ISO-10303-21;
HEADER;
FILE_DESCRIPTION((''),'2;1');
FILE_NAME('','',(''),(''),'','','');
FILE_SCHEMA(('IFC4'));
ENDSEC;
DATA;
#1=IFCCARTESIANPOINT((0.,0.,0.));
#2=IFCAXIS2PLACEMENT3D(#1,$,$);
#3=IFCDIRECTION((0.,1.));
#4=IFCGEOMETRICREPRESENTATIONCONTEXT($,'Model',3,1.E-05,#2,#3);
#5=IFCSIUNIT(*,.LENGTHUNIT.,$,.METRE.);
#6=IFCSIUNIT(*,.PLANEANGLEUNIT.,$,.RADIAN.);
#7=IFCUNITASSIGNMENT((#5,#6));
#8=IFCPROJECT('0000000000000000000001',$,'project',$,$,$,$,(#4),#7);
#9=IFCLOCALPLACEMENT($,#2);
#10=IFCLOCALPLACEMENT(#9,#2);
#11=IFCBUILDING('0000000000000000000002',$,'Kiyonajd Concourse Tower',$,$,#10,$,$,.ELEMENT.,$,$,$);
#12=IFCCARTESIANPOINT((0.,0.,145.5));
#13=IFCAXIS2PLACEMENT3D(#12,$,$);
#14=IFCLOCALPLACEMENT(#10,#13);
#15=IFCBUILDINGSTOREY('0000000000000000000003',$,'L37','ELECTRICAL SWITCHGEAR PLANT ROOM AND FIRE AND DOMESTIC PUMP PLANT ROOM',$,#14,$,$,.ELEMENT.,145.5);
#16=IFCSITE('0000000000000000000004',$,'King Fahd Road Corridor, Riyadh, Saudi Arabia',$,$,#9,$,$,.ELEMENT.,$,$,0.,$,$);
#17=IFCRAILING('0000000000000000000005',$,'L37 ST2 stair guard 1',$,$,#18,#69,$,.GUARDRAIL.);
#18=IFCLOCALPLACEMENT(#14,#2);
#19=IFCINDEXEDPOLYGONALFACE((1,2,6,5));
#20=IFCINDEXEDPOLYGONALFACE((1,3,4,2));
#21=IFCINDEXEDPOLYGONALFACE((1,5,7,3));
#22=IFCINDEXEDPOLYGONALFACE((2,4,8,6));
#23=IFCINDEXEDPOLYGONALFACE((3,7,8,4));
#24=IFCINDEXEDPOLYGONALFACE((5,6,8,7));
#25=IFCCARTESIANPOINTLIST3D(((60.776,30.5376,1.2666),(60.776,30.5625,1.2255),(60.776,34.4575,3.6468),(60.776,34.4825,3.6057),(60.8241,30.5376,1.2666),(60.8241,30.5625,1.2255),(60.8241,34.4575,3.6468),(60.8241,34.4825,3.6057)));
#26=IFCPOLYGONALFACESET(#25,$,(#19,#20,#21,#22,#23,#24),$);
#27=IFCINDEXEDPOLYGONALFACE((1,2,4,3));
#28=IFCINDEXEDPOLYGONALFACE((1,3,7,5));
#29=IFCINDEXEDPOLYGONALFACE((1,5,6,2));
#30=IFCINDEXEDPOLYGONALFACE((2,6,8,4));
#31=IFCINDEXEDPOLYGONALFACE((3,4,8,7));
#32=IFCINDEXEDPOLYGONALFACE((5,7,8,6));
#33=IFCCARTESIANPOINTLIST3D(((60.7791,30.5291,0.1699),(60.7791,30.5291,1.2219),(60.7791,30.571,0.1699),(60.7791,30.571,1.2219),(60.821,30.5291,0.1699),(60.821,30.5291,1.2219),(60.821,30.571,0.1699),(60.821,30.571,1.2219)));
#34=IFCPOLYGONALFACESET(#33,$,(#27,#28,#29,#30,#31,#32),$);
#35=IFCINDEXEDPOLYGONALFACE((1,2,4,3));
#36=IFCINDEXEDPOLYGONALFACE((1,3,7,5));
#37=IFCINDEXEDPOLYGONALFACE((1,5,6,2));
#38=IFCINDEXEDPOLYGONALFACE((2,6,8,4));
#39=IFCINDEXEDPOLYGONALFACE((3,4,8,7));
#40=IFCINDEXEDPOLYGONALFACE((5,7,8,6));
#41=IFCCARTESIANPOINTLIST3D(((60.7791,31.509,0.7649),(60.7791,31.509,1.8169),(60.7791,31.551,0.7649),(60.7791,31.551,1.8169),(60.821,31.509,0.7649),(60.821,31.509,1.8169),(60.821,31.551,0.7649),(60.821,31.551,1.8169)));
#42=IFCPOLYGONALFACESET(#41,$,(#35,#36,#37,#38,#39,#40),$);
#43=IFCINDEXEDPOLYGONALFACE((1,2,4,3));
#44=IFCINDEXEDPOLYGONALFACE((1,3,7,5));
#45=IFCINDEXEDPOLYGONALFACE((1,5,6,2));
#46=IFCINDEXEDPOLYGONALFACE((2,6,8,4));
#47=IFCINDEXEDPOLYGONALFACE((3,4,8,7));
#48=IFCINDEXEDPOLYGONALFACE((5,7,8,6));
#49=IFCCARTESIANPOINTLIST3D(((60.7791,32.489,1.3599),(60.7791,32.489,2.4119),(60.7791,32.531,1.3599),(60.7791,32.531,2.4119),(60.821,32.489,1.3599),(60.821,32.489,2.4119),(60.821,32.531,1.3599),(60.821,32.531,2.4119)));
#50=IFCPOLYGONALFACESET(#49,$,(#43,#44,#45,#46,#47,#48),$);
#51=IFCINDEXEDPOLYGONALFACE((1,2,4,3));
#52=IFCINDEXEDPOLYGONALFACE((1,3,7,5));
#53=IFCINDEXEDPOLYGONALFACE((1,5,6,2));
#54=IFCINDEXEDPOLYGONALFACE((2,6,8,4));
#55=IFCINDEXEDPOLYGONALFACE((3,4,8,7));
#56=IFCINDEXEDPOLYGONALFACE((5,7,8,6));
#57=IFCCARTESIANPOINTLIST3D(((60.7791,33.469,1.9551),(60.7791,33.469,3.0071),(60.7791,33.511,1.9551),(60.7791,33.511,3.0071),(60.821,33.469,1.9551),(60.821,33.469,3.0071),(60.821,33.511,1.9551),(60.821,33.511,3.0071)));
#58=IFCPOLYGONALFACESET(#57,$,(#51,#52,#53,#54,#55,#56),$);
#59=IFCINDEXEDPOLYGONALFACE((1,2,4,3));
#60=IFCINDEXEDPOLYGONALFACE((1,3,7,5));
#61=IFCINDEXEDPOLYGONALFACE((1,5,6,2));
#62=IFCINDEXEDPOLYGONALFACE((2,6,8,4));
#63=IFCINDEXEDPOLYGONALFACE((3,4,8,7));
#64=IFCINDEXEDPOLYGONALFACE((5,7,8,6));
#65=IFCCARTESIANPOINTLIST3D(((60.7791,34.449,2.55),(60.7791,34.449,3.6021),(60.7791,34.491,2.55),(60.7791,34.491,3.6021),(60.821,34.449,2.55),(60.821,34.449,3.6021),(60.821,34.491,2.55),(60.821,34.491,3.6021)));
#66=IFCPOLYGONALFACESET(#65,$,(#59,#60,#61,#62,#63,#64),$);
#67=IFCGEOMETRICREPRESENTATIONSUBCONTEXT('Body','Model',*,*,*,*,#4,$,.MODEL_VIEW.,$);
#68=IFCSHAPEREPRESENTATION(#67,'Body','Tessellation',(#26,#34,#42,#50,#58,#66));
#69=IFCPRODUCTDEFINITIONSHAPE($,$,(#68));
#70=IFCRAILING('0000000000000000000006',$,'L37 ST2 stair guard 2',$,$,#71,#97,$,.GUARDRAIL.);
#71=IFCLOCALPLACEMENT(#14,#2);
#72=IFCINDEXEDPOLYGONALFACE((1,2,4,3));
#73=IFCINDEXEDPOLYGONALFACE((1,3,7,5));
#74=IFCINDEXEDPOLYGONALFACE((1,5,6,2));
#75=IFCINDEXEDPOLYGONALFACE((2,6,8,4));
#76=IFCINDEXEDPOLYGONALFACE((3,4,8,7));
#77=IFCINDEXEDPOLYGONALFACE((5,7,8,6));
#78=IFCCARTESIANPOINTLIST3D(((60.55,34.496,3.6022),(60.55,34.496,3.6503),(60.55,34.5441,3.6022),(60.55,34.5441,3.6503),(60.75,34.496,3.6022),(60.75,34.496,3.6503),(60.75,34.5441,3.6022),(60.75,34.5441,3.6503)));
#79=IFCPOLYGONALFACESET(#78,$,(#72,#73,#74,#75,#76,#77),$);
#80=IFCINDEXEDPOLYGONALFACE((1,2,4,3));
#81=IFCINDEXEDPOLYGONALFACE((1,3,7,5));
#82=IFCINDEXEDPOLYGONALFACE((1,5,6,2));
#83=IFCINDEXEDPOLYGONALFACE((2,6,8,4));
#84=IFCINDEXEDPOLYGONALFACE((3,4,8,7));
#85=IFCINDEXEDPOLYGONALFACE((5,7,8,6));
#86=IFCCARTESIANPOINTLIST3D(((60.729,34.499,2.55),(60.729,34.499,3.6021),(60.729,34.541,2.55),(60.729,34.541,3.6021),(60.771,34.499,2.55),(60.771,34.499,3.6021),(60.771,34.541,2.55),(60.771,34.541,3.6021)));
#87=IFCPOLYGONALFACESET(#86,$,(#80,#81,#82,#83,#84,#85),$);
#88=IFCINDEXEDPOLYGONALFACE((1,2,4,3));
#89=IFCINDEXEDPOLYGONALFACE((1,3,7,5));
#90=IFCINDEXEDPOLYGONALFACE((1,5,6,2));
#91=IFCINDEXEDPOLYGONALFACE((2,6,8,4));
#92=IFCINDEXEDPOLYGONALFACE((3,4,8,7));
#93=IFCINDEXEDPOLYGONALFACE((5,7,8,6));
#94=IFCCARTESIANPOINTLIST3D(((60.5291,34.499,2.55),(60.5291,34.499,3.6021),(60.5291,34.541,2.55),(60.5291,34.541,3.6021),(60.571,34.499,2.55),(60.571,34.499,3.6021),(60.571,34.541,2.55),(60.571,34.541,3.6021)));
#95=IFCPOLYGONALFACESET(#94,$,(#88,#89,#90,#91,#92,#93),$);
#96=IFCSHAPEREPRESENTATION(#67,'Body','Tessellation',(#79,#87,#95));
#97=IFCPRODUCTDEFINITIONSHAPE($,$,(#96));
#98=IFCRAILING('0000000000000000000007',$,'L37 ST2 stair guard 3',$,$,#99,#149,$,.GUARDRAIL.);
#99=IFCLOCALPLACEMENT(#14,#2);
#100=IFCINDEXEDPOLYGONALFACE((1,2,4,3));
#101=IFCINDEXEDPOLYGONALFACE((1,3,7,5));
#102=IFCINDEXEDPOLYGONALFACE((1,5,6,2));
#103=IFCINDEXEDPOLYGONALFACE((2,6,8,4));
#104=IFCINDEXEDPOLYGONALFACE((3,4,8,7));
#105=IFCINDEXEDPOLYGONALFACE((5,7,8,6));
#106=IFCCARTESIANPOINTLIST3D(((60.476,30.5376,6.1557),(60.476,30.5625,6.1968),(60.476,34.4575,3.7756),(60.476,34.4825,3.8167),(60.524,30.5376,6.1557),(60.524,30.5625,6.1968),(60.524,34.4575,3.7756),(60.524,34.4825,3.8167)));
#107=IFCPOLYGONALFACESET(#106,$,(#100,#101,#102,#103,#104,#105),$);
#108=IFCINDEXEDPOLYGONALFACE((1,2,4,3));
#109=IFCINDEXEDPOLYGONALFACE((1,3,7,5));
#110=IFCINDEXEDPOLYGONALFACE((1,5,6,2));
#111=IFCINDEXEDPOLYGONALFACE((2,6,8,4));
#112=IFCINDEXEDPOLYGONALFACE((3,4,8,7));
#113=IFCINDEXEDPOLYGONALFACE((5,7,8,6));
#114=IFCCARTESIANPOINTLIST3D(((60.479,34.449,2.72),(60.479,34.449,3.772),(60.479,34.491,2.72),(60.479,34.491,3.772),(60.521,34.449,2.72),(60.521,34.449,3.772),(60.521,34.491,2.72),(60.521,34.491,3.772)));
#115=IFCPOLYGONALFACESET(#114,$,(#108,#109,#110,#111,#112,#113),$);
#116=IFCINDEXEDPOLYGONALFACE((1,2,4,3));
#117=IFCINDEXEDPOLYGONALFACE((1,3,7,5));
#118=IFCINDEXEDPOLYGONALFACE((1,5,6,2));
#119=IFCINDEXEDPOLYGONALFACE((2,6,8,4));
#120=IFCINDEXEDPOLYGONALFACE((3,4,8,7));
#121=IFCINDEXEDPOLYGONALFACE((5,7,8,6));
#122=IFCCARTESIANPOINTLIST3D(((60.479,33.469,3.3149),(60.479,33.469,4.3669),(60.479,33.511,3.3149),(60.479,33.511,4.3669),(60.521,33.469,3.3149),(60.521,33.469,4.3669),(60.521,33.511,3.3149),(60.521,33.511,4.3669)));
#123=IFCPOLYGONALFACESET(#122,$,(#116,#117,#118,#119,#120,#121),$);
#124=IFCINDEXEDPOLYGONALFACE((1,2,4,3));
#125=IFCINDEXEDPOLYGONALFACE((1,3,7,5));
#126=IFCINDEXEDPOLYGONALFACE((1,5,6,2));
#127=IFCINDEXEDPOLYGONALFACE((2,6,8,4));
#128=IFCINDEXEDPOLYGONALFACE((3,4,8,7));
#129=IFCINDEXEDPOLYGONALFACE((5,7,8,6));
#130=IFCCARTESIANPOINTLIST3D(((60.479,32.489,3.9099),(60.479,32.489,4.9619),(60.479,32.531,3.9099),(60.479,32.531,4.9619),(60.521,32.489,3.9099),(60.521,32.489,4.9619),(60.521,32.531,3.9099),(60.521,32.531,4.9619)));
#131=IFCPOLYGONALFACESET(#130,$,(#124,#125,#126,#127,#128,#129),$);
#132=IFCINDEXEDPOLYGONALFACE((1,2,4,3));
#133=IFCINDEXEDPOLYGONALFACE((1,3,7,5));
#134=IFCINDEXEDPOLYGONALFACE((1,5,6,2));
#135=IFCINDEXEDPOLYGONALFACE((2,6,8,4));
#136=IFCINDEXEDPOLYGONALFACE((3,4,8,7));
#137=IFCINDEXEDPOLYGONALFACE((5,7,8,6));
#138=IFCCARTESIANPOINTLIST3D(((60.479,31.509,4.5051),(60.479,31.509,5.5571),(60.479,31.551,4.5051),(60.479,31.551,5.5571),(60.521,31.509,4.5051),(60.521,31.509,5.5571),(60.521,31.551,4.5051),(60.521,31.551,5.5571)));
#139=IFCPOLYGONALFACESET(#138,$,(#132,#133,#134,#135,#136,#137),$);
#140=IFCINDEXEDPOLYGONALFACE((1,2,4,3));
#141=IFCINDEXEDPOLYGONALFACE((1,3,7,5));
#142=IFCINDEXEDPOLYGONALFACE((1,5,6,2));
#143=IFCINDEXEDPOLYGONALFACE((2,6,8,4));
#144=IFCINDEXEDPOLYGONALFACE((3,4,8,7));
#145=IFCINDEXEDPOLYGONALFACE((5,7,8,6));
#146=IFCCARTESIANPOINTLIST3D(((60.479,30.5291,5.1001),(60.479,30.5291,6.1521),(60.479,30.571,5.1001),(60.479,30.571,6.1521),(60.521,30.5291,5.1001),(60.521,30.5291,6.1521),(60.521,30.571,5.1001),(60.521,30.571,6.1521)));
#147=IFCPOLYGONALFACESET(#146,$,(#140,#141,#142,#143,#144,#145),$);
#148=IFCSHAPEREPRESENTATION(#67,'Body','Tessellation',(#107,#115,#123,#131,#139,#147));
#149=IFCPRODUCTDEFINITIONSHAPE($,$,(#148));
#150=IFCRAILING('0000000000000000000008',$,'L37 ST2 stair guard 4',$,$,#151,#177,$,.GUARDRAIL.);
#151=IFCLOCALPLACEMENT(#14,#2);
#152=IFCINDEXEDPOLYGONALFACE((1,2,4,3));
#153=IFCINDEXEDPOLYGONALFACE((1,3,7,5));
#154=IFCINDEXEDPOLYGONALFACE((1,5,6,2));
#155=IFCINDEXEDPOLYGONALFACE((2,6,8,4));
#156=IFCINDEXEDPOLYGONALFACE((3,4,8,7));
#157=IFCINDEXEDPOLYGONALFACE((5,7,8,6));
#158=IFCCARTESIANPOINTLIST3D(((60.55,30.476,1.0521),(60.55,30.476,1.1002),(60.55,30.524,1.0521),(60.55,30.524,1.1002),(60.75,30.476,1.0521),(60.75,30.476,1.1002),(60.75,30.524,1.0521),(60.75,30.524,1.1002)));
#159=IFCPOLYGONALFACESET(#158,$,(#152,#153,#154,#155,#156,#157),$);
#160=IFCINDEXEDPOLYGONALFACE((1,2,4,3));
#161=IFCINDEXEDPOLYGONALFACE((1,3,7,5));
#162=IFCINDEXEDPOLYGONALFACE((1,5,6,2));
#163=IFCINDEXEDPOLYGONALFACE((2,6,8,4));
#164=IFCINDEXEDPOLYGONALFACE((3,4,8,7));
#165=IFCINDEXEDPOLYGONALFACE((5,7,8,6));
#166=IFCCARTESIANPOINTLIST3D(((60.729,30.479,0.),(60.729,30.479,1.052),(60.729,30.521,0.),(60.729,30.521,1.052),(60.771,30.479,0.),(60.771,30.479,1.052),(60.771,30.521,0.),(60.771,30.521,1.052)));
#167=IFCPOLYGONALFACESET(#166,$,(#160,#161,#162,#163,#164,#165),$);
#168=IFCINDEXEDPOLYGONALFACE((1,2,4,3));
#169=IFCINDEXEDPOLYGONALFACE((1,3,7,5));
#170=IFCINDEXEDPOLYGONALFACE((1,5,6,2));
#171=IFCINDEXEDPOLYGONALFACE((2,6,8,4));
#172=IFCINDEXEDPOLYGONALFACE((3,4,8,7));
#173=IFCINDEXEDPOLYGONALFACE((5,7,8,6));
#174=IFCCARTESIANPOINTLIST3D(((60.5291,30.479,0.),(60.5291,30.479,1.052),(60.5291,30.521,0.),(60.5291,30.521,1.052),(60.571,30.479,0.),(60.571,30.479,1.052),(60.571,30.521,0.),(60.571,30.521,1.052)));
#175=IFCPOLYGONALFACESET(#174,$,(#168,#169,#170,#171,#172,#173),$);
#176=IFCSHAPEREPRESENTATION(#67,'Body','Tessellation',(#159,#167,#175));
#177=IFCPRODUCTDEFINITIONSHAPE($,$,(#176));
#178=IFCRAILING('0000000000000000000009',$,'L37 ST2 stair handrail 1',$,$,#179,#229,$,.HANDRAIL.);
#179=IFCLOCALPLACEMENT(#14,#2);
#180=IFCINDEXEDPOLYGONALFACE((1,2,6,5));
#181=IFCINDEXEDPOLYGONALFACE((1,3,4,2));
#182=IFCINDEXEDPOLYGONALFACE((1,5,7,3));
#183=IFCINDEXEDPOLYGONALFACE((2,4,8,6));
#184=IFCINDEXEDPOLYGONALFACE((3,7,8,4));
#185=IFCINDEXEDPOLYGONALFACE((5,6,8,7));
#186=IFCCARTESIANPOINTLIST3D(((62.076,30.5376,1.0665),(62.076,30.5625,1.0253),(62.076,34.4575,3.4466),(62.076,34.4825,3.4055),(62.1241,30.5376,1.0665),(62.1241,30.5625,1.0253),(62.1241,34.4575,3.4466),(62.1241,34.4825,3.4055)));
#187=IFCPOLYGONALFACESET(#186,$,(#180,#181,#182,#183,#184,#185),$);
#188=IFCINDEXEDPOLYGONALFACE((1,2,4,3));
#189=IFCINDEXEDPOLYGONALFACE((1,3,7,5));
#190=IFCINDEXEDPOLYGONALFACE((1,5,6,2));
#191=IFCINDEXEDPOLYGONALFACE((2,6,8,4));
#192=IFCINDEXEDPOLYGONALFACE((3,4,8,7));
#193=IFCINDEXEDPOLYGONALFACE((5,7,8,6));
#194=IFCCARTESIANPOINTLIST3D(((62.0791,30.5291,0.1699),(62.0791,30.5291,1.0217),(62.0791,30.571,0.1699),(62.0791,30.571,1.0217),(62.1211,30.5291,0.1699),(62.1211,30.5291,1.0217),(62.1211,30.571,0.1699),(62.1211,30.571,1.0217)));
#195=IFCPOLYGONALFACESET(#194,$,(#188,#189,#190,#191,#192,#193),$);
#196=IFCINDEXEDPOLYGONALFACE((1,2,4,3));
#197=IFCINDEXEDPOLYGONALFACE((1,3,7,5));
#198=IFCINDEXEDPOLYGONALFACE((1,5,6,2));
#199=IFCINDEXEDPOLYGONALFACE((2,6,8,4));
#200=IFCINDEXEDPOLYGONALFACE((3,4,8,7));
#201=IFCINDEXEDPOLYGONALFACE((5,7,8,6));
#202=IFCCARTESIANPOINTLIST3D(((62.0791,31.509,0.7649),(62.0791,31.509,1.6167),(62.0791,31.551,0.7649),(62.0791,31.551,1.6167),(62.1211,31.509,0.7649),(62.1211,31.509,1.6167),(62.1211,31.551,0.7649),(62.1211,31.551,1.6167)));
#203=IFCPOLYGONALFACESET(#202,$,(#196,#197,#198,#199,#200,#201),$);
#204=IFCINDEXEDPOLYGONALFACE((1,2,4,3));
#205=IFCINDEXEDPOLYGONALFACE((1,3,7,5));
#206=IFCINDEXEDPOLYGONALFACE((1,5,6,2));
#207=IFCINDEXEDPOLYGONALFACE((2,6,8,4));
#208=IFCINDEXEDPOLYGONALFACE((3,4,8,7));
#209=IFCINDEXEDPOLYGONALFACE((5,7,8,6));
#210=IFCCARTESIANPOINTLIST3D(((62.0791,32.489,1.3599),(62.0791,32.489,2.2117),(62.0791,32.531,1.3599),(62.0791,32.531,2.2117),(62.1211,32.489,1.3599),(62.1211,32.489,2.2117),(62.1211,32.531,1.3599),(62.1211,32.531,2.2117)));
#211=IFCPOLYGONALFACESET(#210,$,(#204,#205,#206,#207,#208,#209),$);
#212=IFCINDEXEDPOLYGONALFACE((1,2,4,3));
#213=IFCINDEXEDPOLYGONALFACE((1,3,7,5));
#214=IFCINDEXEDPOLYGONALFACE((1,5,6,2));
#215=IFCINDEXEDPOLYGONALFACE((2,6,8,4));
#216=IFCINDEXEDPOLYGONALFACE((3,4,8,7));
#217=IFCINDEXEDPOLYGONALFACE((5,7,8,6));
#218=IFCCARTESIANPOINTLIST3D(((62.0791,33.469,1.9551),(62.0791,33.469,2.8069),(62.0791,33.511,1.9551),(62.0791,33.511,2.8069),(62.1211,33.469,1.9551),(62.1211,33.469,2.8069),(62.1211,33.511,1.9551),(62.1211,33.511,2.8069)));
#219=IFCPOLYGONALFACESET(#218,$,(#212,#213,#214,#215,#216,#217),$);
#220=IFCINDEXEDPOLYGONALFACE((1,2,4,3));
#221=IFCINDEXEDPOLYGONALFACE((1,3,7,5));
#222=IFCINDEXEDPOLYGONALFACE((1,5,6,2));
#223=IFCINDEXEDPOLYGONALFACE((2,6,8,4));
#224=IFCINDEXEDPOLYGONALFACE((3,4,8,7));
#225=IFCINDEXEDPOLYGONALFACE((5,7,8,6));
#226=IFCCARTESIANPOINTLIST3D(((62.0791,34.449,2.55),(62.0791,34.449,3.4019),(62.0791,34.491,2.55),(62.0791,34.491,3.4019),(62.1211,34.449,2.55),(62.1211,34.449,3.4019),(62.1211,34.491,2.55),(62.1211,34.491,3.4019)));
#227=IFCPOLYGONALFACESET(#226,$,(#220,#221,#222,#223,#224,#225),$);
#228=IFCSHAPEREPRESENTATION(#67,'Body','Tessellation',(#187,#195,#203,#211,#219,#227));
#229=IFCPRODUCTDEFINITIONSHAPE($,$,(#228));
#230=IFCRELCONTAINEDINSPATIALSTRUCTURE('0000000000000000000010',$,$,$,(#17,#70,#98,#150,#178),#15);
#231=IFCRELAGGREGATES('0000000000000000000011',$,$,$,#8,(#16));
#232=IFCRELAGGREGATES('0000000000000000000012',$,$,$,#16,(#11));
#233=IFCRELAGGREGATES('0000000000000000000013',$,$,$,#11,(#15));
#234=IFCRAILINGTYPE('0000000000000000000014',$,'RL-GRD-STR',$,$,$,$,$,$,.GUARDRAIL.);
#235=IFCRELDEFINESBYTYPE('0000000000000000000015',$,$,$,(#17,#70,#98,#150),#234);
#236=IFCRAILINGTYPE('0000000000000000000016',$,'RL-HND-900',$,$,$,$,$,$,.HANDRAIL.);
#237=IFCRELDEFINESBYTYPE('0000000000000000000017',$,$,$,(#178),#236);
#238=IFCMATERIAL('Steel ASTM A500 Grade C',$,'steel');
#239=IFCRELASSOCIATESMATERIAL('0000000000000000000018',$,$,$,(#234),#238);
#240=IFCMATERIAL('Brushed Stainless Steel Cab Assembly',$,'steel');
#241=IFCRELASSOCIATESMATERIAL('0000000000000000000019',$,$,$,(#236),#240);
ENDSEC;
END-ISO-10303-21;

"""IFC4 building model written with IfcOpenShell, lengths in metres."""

from ifc_helpers import new_model, si_unit, direction, frame, origin, origin_2d, place, context, subcontext, project, spatial, rectangle, extrude, material, type_object, element, save


model = new_model("IFC4")

# Units and contexts
model_context = context("Model", 3, precision=1e-05, world=origin(), true_north=direction((0.0, 1.0)))
body_context = subcontext(model_context, "Body", "Model", "MODEL_VIEW")
ifc_project = project(units=[si_unit("LENGTHUNIT", "METRE"), si_unit("PLANEANGLEUNIT", "RADIAN")], contexts=[model_context])

# Site, building, storey
site_placement = place(None, origin())
site = spatial("IfcSite", under=ifc_project, at=site_placement, Name="King Fahd Road Corridor, Riyadh, Saudi Arabia", CompositionType="ELEMENT", RefElevation=0.0)
building_placement = place(site_placement, origin())
building = spatial("IfcBuilding", under=site, at=building_placement, Name="Kiyonajd Concourse Tower", CompositionType="ELEMENT")
storey_placement = place(building_placement, frame((0.0, 0.0, 145.5)))
storey = spatial("IfcBuildingStorey", under=building, at=storey_placement, Name="L37", Description="ELECTRICAL SWITCHGEAR PLANT ROOM AND FIRE AND DOMESTIC PUMP PLANT ROOM", CompositionType="ELEMENT", Elevation=145.5)

# Shared definitions
ifc_material_1 = material(Name="Steel ASTM A500 Grade C", Category="steel")

# Railings
railing_type_1 = type_object("IfcRailingType", Name="RL-GRD-STR", PredefinedType="GUARDRAIL", material=ifc_material_1)
railing_1_placement = place(storey_placement, frame((60.8, 30.55, 0.1699)))
element("IfcRailing", 1, at=railing_1_placement, inside=storey, type_object=railing_type_1, Name="L37 ST2 stair guard 1", PredefinedType="GUARDRAIL", context=body_context, shape_type="SweptSolid", body=[
    extrude(rectangle(XDim=0.0481, YDim=0.0481, at=origin_2d()), frame((0.0, 0.0, 1.0762), z_axis=(0.0, 0.854771, 0.519006), x_axis=(-1.0, 0.0, 0.0)), (0.0, 0.0, 1.0), 4.5859),
    extrude(rectangle(XDim=0.042, YDim=0.042, at=origin_2d()), origin(), (0.0, 0.0, 1.0), 1.052),
    extrude(rectangle(XDim=0.042, YDim=0.042, at=origin_2d()), frame((0.0, 0.98, 0.595)), (0.0, 0.0, 1.0), 1.052),
    extrude(rectangle(XDim=0.042, YDim=0.042, at=origin_2d()), frame((0.0, 1.96, 1.1899)), (0.0, 0.0, 1.0), 1.052),
    extrude(rectangle(XDim=0.042, YDim=0.042, at=origin_2d()), frame((0.0, 2.9399, 1.7852)), (0.0, 0.0, 1.0), 1.052),
    extrude(rectangle(XDim=0.042, YDim=0.042, at=origin_2d()), frame((0.0, 3.9199, 2.3801)), (0.0, 0.0, 1.0), 1.052),
])
railing_2_placement = place(storey_placement, frame((60.75, 34.52, 2.55)))
element("IfcRailing", 2, at=railing_2_placement, inside=storey, type_object=railing_type_1, Name="L37 ST2 stair guard 2", PredefinedType="GUARDRAIL", context=body_context, shape_type="SweptSolid", body=[
    extrude(rectangle(XDim=0.0481, YDim=0.0481, at=origin_2d()), frame((0.0, 0.0, 1.0762), z_axis=(-1.0, 0.0, 0.0), x_axis=(0.0, -1.0, 0.0)), (0.0, 0.0, 1.0), 0.2),
    extrude(rectangle(XDim=0.042, YDim=0.042, at=origin_2d()), origin(), (0.0, 0.0, 1.0), 1.052),
    extrude(rectangle(XDim=0.042, YDim=0.042, at=origin_2d()), frame((-0.2, 0.0, 0.0)), (0.0, 0.0, 1.0), 1.052),
])
railing_3_placement = place(storey_placement, frame((60.5, 34.47, 2.72)))
element("IfcRailing", 3, at=railing_3_placement, inside=storey, type_object=railing_type_1, Name="L37 ST2 stair guard 3", PredefinedType="GUARDRAIL", context=body_context, shape_type="SweptSolid", body=[
    extrude(rectangle(XDim=0.0481, YDim=0.0481, at=origin_2d()), frame((0.0, 0.0, 1.0762), z_axis=(0.0, -0.854771, 0.519006), x_axis=(1.0, 0.0, 0.0)), (0.0, 0.0, 1.0), 4.5859),
    extrude(rectangle(XDim=0.042, YDim=0.042, at=origin_2d()), origin(), (0.0, 0.0, 1.0), 1.052),
    extrude(rectangle(XDim=0.042, YDim=0.042, at=origin_2d()), frame((0.0, -0.98, 0.595)), (0.0, 0.0, 1.0), 1.052),
    extrude(rectangle(XDim=0.042, YDim=0.042, at=origin_2d()), frame((0.0, -1.96, 1.1899)), (0.0, 0.0, 1.0), 1.052),
    extrude(rectangle(XDim=0.042, YDim=0.042, at=origin_2d()), frame((0.0, -2.9399, 1.7852)), (0.0, 0.0, 1.0), 1.052),
    extrude(rectangle(XDim=0.042, YDim=0.042, at=origin_2d()), frame((0.0, -3.9199, 2.3801)), (0.0, 0.0, 1.0), 1.052),
])
railing_4_placement = place(storey_placement, frame((60.75, 30.5, 0.0)))
element("IfcRailing", 4, at=railing_4_placement, inside=storey, type_object=railing_type_1, Name="L37 ST2 stair guard 4", PredefinedType="GUARDRAIL", context=body_context, shape_type="SweptSolid", body=[
    extrude(rectangle(XDim=0.0481, YDim=0.0481, at=origin_2d()), frame((0.0, 0.0, 1.0762), z_axis=(-1.0, 0.0, 0.0), x_axis=(0.0, -1.0, 0.0)), (0.0, 0.0, 1.0), 0.2),
    extrude(rectangle(XDim=0.042, YDim=0.042, at=origin_2d()), origin(), (0.0, 0.0, 1.0), 1.052),
    extrude(rectangle(XDim=0.042, YDim=0.042, at=origin_2d()), frame((-0.2, 0.0, 0.0)), (0.0, 0.0, 1.0), 1.052),
])
ifc_material_2 = material(Name="Brushed Stainless Steel Cab Assembly", Category="steel")
railing_type_2 = type_object("IfcRailingType", Name="RL-HND-900", PredefinedType="HANDRAIL", material=ifc_material_2)
railing_5_placement = place(storey_placement, frame((62.1001, 30.55, 0.1699)))
element("IfcRailing", 5, at=railing_5_placement, inside=storey, type_object=railing_type_2, Name="L37 ST2 stair handrail 1", PredefinedType="HANDRAIL", context=body_context, shape_type="SweptSolid", body=[
    extrude(rectangle(XDim=0.0481, YDim=0.0481, at=origin_2d()), frame((0.0, 0.0, 0.876), z_axis=(0.0, 0.854771, 0.519006), x_axis=(-1.0, 0.0, 0.0)), (0.0, 0.0, 1.0), 4.5859),
    extrude(rectangle(XDim=0.042, YDim=0.042, at=origin_2d()), origin(), (0.0, 0.0, 1.0), 0.8518),
    extrude(rectangle(XDim=0.042, YDim=0.042, at=origin_2d()), frame((0.0, 0.98, 0.595)), (0.0, 0.0, 1.0), 0.8518),
    extrude(rectangle(XDim=0.042, YDim=0.042, at=origin_2d()), frame((0.0, 1.96, 1.1899)), (0.0, 0.0, 1.0), 0.8518),
    extrude(rectangle(XDim=0.042, YDim=0.042, at=origin_2d()), frame((0.0, 2.9399, 1.7852)), (0.0, 0.0, 1.0), 0.8518),
    extrude(rectangle(XDim=0.042, YDim=0.042, at=origin_2d()), frame((0.0, 3.9199, 2.3801)), (0.0, 0.0, 1.0), 0.8518),
])

save(model, "model.ifc")
